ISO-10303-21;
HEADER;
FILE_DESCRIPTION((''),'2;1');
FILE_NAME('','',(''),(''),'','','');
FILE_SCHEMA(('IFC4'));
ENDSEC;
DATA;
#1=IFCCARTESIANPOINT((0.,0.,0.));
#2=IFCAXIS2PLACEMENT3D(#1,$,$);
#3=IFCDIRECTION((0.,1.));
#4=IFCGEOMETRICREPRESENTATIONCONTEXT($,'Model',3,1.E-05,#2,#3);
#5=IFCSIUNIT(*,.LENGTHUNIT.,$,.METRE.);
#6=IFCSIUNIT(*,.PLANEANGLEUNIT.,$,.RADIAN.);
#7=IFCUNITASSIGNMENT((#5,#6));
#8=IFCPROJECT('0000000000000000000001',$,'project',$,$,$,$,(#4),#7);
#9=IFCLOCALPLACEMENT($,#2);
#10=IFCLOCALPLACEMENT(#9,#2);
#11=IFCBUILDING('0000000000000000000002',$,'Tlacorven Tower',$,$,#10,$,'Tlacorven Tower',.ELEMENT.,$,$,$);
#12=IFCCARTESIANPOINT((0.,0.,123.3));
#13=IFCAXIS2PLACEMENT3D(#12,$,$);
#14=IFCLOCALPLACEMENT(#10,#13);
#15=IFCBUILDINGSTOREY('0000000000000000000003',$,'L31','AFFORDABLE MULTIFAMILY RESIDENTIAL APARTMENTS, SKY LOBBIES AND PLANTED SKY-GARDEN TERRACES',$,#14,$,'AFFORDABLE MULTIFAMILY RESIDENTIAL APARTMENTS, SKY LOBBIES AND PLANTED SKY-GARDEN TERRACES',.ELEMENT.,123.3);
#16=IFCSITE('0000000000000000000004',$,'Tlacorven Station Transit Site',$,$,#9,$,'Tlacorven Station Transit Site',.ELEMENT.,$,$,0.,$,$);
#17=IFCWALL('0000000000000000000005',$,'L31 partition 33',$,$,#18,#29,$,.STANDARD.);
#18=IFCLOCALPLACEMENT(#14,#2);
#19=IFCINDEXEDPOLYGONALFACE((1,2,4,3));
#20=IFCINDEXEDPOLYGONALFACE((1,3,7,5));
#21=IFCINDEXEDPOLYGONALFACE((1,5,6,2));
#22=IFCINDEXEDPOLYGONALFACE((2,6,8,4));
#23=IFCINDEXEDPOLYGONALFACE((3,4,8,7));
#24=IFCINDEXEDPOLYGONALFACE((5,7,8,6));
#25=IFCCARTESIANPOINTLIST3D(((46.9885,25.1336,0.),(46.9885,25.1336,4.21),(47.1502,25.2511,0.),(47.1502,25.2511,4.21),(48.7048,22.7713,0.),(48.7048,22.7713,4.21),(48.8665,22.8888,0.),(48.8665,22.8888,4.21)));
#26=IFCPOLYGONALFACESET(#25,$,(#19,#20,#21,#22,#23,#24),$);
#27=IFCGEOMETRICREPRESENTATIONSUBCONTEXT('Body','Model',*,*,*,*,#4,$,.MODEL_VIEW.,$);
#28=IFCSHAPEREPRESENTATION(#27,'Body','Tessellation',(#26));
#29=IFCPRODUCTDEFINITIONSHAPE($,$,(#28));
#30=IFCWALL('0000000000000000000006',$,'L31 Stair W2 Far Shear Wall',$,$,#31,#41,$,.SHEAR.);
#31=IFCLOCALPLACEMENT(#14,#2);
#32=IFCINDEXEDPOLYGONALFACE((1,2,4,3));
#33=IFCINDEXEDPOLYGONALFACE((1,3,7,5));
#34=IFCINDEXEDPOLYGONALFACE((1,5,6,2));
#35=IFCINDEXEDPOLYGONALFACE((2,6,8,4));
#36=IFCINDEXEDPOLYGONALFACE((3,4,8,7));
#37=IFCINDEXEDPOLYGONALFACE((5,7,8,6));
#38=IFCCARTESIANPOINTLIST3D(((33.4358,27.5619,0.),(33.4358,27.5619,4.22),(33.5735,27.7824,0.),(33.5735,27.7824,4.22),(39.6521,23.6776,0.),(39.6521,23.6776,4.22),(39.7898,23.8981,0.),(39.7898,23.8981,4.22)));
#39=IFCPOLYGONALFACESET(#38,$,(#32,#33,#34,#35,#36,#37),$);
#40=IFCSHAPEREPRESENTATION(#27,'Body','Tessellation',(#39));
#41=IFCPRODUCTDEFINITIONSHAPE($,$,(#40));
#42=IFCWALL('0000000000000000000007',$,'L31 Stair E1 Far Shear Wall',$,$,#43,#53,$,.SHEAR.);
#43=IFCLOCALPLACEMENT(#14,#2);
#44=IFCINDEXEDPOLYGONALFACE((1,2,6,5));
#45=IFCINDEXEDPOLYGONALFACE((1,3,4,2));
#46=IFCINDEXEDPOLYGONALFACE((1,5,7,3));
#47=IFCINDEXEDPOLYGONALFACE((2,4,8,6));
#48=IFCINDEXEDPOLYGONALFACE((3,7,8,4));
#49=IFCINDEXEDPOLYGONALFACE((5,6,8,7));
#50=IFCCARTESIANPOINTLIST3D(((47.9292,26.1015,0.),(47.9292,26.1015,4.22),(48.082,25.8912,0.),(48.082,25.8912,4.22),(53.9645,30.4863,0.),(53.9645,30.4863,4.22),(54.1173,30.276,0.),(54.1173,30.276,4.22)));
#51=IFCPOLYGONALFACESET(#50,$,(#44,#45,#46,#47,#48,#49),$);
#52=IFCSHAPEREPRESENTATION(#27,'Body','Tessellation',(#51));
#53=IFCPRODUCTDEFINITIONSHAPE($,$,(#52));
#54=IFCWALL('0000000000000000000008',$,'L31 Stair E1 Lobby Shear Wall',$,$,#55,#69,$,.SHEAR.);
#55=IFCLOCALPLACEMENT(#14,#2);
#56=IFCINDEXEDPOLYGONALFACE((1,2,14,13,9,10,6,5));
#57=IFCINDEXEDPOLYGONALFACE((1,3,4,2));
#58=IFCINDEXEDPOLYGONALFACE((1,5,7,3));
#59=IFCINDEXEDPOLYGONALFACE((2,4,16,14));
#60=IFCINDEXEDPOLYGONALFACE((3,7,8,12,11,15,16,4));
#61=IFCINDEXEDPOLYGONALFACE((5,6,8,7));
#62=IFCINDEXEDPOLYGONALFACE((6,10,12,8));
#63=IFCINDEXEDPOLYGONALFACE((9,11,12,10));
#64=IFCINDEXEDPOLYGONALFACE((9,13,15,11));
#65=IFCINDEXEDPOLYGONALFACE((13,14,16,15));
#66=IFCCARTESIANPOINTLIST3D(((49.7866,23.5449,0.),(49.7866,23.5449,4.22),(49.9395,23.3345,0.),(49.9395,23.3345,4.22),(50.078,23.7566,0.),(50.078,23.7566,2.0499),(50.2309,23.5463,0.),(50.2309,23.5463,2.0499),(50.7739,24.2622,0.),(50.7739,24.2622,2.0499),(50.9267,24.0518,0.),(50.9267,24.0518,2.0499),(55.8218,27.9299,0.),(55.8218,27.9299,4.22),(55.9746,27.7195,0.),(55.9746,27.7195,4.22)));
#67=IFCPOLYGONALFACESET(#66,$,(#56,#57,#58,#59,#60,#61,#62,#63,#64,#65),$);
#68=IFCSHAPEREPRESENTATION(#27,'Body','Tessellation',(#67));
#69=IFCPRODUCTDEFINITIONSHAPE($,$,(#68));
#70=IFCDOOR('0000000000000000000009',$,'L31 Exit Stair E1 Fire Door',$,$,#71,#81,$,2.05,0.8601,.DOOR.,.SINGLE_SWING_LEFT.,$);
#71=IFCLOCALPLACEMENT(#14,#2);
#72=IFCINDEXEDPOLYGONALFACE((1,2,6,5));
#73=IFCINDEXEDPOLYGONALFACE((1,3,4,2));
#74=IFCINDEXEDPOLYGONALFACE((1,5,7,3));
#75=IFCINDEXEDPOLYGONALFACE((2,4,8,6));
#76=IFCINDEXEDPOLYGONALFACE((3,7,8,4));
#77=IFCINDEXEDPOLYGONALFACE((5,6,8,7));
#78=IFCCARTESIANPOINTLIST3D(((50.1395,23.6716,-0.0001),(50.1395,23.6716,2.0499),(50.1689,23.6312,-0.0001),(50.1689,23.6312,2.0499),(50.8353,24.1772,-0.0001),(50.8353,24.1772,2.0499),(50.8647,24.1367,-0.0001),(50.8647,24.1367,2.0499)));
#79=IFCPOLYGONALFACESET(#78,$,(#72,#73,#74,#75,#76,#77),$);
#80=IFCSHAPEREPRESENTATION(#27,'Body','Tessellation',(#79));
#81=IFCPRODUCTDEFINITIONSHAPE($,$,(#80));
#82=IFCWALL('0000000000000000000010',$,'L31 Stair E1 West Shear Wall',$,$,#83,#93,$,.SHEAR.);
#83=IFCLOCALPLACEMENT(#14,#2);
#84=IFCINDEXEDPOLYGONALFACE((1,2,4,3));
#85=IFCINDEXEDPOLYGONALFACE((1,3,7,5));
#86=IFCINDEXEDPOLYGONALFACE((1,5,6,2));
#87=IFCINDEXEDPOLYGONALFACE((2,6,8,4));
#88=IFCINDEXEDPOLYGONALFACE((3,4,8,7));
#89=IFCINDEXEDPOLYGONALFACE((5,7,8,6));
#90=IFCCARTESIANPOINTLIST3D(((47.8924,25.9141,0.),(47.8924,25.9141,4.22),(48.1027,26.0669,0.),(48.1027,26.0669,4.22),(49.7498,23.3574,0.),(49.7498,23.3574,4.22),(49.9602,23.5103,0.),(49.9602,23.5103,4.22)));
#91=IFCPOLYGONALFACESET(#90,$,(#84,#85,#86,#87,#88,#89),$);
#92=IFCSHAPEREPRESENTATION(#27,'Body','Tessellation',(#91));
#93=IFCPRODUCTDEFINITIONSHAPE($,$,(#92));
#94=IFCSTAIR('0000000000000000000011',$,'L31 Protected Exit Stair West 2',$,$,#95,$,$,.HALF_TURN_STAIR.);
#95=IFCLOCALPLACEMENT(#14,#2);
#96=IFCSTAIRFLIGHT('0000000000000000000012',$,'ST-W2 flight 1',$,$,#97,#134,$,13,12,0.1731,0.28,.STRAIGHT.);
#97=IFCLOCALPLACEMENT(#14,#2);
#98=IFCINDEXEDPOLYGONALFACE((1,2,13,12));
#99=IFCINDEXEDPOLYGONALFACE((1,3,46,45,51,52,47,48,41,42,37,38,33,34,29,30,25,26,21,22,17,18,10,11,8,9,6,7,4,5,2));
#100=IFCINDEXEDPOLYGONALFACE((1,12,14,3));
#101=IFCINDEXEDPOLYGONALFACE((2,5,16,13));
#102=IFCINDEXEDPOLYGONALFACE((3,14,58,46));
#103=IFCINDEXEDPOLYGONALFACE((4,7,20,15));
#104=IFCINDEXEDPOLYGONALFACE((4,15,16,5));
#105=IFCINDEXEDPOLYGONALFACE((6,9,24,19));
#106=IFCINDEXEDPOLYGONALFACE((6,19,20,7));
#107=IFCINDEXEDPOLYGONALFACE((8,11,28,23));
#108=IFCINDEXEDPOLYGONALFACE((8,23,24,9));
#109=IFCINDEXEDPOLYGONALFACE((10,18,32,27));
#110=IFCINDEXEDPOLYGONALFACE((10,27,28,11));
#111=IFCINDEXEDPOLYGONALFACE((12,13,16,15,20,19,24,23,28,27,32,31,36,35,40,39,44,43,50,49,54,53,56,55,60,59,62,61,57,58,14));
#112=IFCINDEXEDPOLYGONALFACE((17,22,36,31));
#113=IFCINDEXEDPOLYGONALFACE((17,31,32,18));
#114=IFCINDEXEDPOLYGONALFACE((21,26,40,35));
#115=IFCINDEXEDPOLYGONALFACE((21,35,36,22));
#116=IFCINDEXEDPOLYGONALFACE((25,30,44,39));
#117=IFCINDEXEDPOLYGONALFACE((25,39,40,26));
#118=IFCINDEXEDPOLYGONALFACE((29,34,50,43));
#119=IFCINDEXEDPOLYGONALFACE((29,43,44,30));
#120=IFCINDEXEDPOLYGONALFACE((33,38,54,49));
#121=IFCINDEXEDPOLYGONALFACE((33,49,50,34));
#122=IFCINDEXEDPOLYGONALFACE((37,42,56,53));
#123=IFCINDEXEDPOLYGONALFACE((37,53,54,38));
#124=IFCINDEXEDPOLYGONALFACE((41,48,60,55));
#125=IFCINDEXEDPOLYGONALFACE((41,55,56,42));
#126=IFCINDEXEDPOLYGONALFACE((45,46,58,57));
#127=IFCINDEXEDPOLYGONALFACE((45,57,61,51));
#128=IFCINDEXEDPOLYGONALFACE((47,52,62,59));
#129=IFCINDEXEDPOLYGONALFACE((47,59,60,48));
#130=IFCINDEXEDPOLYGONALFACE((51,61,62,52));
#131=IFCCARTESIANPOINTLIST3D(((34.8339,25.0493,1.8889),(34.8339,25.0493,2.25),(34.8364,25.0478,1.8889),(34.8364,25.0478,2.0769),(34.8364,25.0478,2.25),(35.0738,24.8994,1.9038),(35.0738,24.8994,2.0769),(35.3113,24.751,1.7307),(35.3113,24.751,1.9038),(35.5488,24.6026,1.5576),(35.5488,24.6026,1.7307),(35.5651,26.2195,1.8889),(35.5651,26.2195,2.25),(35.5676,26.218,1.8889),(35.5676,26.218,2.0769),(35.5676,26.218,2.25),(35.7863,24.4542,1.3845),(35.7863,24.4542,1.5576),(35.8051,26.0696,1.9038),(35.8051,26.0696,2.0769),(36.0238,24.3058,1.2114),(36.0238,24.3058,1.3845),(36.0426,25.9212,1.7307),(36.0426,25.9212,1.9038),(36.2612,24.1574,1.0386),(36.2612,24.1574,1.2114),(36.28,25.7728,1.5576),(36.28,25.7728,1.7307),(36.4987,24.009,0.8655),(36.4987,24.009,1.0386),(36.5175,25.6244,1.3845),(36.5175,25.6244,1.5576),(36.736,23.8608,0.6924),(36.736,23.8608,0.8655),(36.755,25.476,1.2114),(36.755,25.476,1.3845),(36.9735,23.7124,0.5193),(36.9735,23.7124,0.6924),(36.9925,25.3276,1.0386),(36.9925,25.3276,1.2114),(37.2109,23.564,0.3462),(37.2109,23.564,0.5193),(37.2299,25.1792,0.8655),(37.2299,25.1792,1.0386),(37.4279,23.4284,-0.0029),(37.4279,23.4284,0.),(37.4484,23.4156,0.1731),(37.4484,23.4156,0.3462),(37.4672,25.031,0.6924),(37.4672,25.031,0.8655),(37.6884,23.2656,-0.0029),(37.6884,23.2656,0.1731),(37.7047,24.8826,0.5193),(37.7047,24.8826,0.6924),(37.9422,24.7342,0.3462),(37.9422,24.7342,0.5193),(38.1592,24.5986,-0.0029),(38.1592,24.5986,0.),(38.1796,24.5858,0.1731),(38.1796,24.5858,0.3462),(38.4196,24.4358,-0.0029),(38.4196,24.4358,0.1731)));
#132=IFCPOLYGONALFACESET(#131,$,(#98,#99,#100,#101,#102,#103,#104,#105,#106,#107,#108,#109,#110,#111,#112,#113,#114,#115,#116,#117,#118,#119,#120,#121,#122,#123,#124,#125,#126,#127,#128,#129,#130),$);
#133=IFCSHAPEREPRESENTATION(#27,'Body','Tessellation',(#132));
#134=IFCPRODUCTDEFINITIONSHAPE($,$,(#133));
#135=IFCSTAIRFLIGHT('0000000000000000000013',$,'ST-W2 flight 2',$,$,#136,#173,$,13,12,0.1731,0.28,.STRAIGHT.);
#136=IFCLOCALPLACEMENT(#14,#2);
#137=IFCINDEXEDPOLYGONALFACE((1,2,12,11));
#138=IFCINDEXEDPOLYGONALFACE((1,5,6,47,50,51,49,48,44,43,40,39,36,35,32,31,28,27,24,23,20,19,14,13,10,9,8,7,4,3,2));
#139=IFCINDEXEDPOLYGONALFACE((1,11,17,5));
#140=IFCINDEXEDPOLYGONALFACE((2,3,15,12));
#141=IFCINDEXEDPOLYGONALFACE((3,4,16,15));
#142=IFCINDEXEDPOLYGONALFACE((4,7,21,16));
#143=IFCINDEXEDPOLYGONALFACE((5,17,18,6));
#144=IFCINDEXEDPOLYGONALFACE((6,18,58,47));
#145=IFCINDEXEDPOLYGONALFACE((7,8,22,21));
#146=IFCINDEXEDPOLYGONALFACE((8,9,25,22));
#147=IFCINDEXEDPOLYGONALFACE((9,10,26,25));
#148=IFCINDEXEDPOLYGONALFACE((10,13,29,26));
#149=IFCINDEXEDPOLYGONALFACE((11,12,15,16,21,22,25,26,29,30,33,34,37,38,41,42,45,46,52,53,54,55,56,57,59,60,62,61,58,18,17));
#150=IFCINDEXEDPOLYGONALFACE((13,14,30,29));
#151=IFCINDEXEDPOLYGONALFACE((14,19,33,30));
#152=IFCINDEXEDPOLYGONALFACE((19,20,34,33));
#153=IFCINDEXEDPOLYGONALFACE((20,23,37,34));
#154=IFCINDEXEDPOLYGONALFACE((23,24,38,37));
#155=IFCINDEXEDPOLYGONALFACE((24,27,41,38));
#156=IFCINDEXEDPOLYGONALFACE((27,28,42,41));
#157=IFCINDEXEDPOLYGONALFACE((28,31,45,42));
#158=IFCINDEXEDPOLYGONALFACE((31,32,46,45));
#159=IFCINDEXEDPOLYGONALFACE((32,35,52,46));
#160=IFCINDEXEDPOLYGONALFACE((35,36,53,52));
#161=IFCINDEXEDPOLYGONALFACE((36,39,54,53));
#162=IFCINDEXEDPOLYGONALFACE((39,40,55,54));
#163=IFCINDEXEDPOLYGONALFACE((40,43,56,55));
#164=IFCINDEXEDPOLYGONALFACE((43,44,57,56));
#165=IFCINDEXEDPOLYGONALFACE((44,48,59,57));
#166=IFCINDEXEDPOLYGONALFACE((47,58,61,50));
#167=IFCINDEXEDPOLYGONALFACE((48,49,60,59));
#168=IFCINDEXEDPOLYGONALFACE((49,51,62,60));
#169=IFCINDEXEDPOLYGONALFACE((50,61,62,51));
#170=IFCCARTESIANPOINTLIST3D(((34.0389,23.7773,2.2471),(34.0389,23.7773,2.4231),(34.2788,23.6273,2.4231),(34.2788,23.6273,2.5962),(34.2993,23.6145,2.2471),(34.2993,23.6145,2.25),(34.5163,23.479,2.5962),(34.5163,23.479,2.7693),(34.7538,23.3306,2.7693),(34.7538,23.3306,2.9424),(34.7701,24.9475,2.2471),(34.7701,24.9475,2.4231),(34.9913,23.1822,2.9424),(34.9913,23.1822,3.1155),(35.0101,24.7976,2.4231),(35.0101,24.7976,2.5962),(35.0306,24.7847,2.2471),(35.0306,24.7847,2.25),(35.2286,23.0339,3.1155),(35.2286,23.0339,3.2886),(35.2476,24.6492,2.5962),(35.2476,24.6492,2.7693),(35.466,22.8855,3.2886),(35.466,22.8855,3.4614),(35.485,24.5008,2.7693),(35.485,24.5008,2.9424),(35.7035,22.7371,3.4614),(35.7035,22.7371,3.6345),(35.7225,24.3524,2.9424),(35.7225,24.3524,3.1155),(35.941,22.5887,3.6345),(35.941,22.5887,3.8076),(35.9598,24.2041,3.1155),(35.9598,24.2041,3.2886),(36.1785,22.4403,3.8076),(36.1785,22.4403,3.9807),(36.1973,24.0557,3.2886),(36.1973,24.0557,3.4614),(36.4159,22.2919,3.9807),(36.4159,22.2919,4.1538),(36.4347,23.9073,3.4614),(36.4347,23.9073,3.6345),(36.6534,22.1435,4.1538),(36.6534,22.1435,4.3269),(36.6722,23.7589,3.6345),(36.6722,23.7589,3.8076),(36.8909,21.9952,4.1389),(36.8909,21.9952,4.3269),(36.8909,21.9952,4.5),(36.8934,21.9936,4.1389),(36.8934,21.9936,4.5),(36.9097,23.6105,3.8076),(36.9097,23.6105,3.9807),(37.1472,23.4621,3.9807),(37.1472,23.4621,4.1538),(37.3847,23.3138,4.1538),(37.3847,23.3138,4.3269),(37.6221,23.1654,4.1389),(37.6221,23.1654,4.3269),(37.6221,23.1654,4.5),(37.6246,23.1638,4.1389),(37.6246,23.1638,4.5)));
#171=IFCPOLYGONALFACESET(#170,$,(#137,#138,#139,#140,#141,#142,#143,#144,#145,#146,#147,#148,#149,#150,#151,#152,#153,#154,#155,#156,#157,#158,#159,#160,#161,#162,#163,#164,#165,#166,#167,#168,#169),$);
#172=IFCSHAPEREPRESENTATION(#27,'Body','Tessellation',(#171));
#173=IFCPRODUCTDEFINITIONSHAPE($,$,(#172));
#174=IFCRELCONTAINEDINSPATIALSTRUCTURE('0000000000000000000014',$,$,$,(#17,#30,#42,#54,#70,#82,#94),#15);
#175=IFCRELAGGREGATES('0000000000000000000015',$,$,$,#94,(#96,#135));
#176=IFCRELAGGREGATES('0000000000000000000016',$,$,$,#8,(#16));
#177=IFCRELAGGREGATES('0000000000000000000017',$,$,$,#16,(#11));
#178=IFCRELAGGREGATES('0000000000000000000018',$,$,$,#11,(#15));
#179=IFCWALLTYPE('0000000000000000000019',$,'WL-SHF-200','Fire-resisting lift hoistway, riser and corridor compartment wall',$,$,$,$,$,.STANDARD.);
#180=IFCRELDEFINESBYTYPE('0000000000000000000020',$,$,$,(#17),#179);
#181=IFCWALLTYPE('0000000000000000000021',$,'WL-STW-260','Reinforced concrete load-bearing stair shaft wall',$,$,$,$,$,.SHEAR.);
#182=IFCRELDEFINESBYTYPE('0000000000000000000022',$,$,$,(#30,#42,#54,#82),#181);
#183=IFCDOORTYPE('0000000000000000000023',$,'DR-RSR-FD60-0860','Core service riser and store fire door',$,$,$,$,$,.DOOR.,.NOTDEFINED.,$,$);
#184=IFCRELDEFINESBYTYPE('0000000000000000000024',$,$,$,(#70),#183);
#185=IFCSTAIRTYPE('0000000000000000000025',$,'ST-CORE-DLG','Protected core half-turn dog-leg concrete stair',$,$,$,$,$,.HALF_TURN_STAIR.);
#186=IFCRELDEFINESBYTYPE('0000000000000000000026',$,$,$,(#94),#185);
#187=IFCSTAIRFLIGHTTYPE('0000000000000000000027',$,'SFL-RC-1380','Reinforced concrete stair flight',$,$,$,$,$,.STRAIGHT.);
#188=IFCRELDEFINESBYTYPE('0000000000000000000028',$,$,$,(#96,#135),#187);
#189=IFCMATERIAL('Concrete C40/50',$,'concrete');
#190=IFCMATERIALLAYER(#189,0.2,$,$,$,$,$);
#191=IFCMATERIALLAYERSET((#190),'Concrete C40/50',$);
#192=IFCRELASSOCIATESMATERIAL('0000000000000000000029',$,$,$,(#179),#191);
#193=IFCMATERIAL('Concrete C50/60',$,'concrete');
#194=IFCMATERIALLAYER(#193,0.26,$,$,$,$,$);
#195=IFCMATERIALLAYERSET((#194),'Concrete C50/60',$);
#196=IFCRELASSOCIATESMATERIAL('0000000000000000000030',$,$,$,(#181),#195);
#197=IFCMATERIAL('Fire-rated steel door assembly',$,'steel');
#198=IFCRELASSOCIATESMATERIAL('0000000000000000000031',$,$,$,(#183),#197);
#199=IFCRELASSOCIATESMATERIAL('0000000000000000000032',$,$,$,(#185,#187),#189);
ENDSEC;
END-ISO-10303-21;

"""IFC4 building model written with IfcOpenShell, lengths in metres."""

from ifc_helpers import new_model, si_unit, direction, frame, frame_2d, origin, place, context, subcontext, project, spatial, polyline, rectangle, outline, extrude, source, transform, mapped, material, layer, layer_set, type_object, element, fill, aggregate, save


model = new_model("IFC4")

# Units and contexts
model_context = context("Model", 3, precision=1e-05, world=origin(), true_north=direction((0.0, 1.0)))
body_context = subcontext(model_context, "Body", "Model", "MODEL_VIEW")
ifc_project = project(units=[si_unit("LENGTHUNIT", "METRE"), si_unit("PLANEANGLEUNIT", "RADIAN")], contexts=[model_context])

# Site, building, storey
site_placement = place(None, origin())
site = spatial("IfcSite", under=ifc_project, at=site_placement, Name="Tlacorven Station Transit Site", LongName="Tlacorven Station Transit Site", CompositionType="ELEMENT", RefElevation=0.0)
building_placement = place(site_placement, origin())
building = spatial("IfcBuilding", under=site, at=building_placement, Name="Tlacorven Tower", LongName="Tlacorven Tower", CompositionType="ELEMENT")
storey_placement = place(building_placement, frame((0.0, 0.0, 123.3)))
storey = spatial("IfcBuildingStorey", under=building, at=storey_placement, Name="L31", Description="AFFORDABLE MULTIFAMILY RESIDENTIAL APARTMENTS, SKY LOBBIES AND PLANTED SKY-GARDEN TERRACES", LongName="AFFORDABLE MULTIFAMILY RESIDENTIAL APARTMENTS, SKY LOBBIES AND PLANTED SKY-GARDEN TERRACES", CompositionType="ELEMENT", Elevation=123.3)

# Shared definitions
ifc_material_1 = material(Name="Fire-rated steel door assembly", Category="steel")

# Walls
ifc_material_2 = material(Name="Concrete C40/50", Category="concrete")
ifc_layer_1 = layer(ifc_material_2, 0.2)
ifc_layer_set_1 = layer_set([ifc_layer_1], Name="Concrete C40/50")
wall_type_1 = type_object("IfcWallType", Name="WL-SHF-200", Description="Fire-resisting lift hoistway, riser and corridor compartment wall", PredefinedType="STANDARD", material=ifc_layer_set_1)
wall_1_placement = place(storey_placement, frame((48.7856, 22.8301, 0.0), z_axis=(0.0, 0.0, 1.0), x_axis=(-0.587784, 0.809018, 0.0)))
element("IfcWall", 1, at=wall_1_placement, inside=storey, type_object=wall_type_1, Name="L31 partition 33", PredefinedType="STANDARD", context=body_context, shape_type="SweptSolid", body=[
    extrude(rectangle(XDim=2.9199, YDim=0.2, at=frame_2d((1.46, 0.0))), origin(), (0.0, 0.0, 1.0), 4.21),
])
ifc_material_3 = material(Name="Concrete C50/60", Category="concrete")
ifc_layer_2 = layer(ifc_material_3, 0.26)
ifc_layer_set_2 = layer_set([ifc_layer_2], Name="Concrete C50/60")
wall_type_2 = type_object("IfcWallType", Name="WL-STW-260", Description="Reinforced concrete load-bearing stair shaft wall", PredefinedType="SHEAR", material=ifc_layer_set_2)
wall_2_placement = place(storey_placement, frame((39.7209, 23.7878, 0.0), z_axis=(0.0, 0.0, 1.0), x_axis=(-0.848054, 0.529909, 0.0)))
element("IfcWall", 2, at=wall_2_placement, inside=storey, type_object=wall_type_2, Name="L31 Stair W2 Far Shear Wall", PredefinedType="SHEAR", context=body_context, shape_type="SweptSolid", body=[
    extrude(rectangle(XDim=7.3301, YDim=0.26, at=frame_2d((3.665, 0.0))), origin(), (0.0, 0.0, 1.0), 4.22),
])
wall_3_placement = place(storey_placement, frame((48.0056, 25.9963, 0.0), z_axis=(0.0, 0.0, 1.0), x_axis=(0.809019, 0.587782, 0.0)))
element("IfcWall", 3, at=wall_3_placement, inside=storey, type_object=wall_type_2, Name="L31 Stair E1 Far Shear Wall", PredefinedType="SHEAR", context=body_context, shape_type="SweptSolid", body=[
    extrude(rectangle(XDim=7.46, YDim=0.26, at=frame_2d((3.73, 0.0))), origin(), (0.0, 0.0, 1.0), 4.22),
])

# Wall, opening, door
wall_4_placement = place(storey_placement, frame((49.863, 23.4397, 0.0), z_axis=(0.0, 0.0, 1.0), x_axis=(0.809003, 0.587804, 0.0)))
wall_4 = element("IfcWall", 4, at=wall_4_placement, inside=storey, type_object=wall_type_2, Name="L31 Stair E1 Lobby Shear Wall", PredefinedType="SHEAR", context=body_context, shape_type="SweptSolid", body=[
    extrude(rectangle(XDim=7.46, YDim=0.26, at=frame_2d((3.73, 0.0))), origin(), (0.0, 0.0, 1.0), 4.22),
])
opening_1_placement = place(wall_4_placement, frame((0.3601, 0.0, 0.0)))
opening_1 = element("IfcOpeningElement", 5, at=opening_1_placement, cuts=wall_4, PredefinedType="OPENING", context=body_context, shape_type="SweptSolid", body=[
    extrude(rectangle(XDim=0.8601, YDim=2.05, at=frame_2d((0.4302, 1.0249))), frame((0.0, 0.1401, 0.0), z_axis=(0.0, -1.0, 0.0), x_axis=(1.0, 0.0, 0.0)), (0.0, 0.0, 1.0), 0.28),
])
door_type_1 = type_object("IfcDoorType", Name="DR-RSR-FD60-0860", Description="Core service riser and store fire door", OperationType="NOTDEFINED", PredefinedType="DOOR", material=ifc_material_1)
shared_shape_1 = source(origin(), body_context, "Body", "SweptSolid", [
    extrude(rectangle(XDim=0.8601, YDim=2.05, at=frame_2d((0.4302, 1.0249))), frame((0.0, 0.0249, 0.0), z_axis=(0.0, -1.0, 0.0), x_axis=(1.0, 0.0, 0.0)), (0.0, 0.0, 1.0), 0.05),
])
door_1_placement = place(opening_1_placement, frame((0.8601, 0.0, 0.0), z_axis=(0.0, 0.0, 1.0), x_axis=(-1.0, 0.0, 0.0)))
door_1 = element("IfcDoor", 6, at=door_1_placement, inside=storey, type_object=door_type_1, Name="L31 Exit Stair E1 Fire Door", OperationType="SINGLE_SWING_LEFT", OverallHeight=2.05, OverallWidth=0.8601, PredefinedType="DOOR", context=body_context, shape_type="MappedRepresentation", body=[
    mapped(shared_shape_1, transform((0.0, 0.0, 0.0), scale=1.0)),
])
fill(opening_1, door_1)

# Wall
wall_5_placement = place(storey_placement, frame((49.855, 23.4338, 0.0), z_axis=(0.0, 0.0, 1.0), x_axis=(-0.587767, 0.80903, 0.0)))
element("IfcWall", 7, at=wall_5_placement, inside=storey, type_object=wall_type_2, Name="L31 Stair E1 West Shear Wall", PredefinedType="SHEAR", context=body_context, shape_type="SweptSolid", body=[
    extrude(rectangle(XDim=3.1602, YDim=0.26, at=frame_2d((1.5801, 0.0))), origin(), (0.0, 0.0, 1.0), 4.22),
])

# Stair, stair flights
stair_type = type_object("IfcStairType", Name="ST-CORE-DLG", Description="Protected core half-turn dog-leg concrete stair", PredefinedType="HALF_TURN_STAIR", material=ifc_material_2)
stair_placement = place(storey_placement, origin())
stair = element("IfcStair", 8, at=stair_placement, inside=storey, type_object=stair_type, Name="L31 Protected Exit Stair West 2", PredefinedType="HALF_TURN_STAIR")
stair_flight_type = type_object("IfcStairFlightType", Name="SFL-RC-1380", Description="Reinforced concrete stair flight", PredefinedType="STRAIGHT", material=ifc_material_2)
shared_shape_2 = source(origin(), body_context, "Body", "SweptSolid", [
    extrude(outline(polyline([(-0.0029, -0.0029), (-0.0029, 0.1731), (0.28, 0.1731), (0.28, 0.3462), (0.5601, 0.3462), (0.5601, 0.5193), (0.8401, 0.5193), (0.8401, 0.6924), (1.1201, 0.6924), (1.1201, 0.8655), (1.3999, 0.8655), (1.3999, 1.0386), (1.6799, 1.0386), (1.6799, 1.2114), (1.96, 1.2114), (1.96, 1.3845), (2.24, 1.3845), (2.24, 1.5576), (2.52, 1.5576), (2.52, 1.7307), (2.8, 1.7307), (2.8, 1.9038), (3.0801, 1.9038), (3.0801, 2.0769), (3.3601, 2.0769), (3.3601, 2.25), (3.363, 2.25), (3.363, 1.8889), (3.3601, 1.8889), (0.3042, 0.0), (0.3042, -0.0029), (-0.0029, -0.0029)])), frame((0.0, 0.6899, 0.0), z_axis=(0.0, -1.0, 0.0), x_axis=(1.0, 0.0, 0.0)), (0.0, 0.0, 1.0), 1.3799),
])
stair_flight_1_placement = place(storey_placement, frame((38.0515, 23.8523, 0.0), z_axis=(0.0, 0.0, 1.0), x_axis=(-0.848048, 0.529919, 0.0)))
stair_flight_1 = element("IfcStairFlight", 9, at=stair_flight_1_placement, type_object=stair_flight_type, Name="ST-W2 flight 1", NumberOfRisers=13, NumberOfTreads=12, PredefinedType="STRAIGHT", RiserHeight=0.1731, TreadLength=0.28, context=body_context, shape_type="MappedRepresentation", body=[
    mapped(shared_shape_2, transform((0.0, 0.0, 0.0), scale=1.0)),
])
stair_flight_2_placement = place(storey_placement, frame((34.407, 24.3608, 2.25), z_axis=(0.0, 0.0, 1.0), x_axis=(0.848048, -0.529919, 0.0)))
stair_flight_2 = element("IfcStairFlight", 10, at=stair_flight_2_placement, type_object=stair_flight_type, Name="ST-W2 flight 2", NumberOfRisers=13, NumberOfTreads=12, PredefinedType="STRAIGHT", RiserHeight=0.1731, TreadLength=0.28, context=body_context, shape_type="MappedRepresentation", body=[
    mapped(shared_shape_2, transform((0.0, 0.0, 0.0), scale=1.0)),
])
aggregate(stair, [stair_flight_1, stair_flight_2])

save(model, "model.ifc")
